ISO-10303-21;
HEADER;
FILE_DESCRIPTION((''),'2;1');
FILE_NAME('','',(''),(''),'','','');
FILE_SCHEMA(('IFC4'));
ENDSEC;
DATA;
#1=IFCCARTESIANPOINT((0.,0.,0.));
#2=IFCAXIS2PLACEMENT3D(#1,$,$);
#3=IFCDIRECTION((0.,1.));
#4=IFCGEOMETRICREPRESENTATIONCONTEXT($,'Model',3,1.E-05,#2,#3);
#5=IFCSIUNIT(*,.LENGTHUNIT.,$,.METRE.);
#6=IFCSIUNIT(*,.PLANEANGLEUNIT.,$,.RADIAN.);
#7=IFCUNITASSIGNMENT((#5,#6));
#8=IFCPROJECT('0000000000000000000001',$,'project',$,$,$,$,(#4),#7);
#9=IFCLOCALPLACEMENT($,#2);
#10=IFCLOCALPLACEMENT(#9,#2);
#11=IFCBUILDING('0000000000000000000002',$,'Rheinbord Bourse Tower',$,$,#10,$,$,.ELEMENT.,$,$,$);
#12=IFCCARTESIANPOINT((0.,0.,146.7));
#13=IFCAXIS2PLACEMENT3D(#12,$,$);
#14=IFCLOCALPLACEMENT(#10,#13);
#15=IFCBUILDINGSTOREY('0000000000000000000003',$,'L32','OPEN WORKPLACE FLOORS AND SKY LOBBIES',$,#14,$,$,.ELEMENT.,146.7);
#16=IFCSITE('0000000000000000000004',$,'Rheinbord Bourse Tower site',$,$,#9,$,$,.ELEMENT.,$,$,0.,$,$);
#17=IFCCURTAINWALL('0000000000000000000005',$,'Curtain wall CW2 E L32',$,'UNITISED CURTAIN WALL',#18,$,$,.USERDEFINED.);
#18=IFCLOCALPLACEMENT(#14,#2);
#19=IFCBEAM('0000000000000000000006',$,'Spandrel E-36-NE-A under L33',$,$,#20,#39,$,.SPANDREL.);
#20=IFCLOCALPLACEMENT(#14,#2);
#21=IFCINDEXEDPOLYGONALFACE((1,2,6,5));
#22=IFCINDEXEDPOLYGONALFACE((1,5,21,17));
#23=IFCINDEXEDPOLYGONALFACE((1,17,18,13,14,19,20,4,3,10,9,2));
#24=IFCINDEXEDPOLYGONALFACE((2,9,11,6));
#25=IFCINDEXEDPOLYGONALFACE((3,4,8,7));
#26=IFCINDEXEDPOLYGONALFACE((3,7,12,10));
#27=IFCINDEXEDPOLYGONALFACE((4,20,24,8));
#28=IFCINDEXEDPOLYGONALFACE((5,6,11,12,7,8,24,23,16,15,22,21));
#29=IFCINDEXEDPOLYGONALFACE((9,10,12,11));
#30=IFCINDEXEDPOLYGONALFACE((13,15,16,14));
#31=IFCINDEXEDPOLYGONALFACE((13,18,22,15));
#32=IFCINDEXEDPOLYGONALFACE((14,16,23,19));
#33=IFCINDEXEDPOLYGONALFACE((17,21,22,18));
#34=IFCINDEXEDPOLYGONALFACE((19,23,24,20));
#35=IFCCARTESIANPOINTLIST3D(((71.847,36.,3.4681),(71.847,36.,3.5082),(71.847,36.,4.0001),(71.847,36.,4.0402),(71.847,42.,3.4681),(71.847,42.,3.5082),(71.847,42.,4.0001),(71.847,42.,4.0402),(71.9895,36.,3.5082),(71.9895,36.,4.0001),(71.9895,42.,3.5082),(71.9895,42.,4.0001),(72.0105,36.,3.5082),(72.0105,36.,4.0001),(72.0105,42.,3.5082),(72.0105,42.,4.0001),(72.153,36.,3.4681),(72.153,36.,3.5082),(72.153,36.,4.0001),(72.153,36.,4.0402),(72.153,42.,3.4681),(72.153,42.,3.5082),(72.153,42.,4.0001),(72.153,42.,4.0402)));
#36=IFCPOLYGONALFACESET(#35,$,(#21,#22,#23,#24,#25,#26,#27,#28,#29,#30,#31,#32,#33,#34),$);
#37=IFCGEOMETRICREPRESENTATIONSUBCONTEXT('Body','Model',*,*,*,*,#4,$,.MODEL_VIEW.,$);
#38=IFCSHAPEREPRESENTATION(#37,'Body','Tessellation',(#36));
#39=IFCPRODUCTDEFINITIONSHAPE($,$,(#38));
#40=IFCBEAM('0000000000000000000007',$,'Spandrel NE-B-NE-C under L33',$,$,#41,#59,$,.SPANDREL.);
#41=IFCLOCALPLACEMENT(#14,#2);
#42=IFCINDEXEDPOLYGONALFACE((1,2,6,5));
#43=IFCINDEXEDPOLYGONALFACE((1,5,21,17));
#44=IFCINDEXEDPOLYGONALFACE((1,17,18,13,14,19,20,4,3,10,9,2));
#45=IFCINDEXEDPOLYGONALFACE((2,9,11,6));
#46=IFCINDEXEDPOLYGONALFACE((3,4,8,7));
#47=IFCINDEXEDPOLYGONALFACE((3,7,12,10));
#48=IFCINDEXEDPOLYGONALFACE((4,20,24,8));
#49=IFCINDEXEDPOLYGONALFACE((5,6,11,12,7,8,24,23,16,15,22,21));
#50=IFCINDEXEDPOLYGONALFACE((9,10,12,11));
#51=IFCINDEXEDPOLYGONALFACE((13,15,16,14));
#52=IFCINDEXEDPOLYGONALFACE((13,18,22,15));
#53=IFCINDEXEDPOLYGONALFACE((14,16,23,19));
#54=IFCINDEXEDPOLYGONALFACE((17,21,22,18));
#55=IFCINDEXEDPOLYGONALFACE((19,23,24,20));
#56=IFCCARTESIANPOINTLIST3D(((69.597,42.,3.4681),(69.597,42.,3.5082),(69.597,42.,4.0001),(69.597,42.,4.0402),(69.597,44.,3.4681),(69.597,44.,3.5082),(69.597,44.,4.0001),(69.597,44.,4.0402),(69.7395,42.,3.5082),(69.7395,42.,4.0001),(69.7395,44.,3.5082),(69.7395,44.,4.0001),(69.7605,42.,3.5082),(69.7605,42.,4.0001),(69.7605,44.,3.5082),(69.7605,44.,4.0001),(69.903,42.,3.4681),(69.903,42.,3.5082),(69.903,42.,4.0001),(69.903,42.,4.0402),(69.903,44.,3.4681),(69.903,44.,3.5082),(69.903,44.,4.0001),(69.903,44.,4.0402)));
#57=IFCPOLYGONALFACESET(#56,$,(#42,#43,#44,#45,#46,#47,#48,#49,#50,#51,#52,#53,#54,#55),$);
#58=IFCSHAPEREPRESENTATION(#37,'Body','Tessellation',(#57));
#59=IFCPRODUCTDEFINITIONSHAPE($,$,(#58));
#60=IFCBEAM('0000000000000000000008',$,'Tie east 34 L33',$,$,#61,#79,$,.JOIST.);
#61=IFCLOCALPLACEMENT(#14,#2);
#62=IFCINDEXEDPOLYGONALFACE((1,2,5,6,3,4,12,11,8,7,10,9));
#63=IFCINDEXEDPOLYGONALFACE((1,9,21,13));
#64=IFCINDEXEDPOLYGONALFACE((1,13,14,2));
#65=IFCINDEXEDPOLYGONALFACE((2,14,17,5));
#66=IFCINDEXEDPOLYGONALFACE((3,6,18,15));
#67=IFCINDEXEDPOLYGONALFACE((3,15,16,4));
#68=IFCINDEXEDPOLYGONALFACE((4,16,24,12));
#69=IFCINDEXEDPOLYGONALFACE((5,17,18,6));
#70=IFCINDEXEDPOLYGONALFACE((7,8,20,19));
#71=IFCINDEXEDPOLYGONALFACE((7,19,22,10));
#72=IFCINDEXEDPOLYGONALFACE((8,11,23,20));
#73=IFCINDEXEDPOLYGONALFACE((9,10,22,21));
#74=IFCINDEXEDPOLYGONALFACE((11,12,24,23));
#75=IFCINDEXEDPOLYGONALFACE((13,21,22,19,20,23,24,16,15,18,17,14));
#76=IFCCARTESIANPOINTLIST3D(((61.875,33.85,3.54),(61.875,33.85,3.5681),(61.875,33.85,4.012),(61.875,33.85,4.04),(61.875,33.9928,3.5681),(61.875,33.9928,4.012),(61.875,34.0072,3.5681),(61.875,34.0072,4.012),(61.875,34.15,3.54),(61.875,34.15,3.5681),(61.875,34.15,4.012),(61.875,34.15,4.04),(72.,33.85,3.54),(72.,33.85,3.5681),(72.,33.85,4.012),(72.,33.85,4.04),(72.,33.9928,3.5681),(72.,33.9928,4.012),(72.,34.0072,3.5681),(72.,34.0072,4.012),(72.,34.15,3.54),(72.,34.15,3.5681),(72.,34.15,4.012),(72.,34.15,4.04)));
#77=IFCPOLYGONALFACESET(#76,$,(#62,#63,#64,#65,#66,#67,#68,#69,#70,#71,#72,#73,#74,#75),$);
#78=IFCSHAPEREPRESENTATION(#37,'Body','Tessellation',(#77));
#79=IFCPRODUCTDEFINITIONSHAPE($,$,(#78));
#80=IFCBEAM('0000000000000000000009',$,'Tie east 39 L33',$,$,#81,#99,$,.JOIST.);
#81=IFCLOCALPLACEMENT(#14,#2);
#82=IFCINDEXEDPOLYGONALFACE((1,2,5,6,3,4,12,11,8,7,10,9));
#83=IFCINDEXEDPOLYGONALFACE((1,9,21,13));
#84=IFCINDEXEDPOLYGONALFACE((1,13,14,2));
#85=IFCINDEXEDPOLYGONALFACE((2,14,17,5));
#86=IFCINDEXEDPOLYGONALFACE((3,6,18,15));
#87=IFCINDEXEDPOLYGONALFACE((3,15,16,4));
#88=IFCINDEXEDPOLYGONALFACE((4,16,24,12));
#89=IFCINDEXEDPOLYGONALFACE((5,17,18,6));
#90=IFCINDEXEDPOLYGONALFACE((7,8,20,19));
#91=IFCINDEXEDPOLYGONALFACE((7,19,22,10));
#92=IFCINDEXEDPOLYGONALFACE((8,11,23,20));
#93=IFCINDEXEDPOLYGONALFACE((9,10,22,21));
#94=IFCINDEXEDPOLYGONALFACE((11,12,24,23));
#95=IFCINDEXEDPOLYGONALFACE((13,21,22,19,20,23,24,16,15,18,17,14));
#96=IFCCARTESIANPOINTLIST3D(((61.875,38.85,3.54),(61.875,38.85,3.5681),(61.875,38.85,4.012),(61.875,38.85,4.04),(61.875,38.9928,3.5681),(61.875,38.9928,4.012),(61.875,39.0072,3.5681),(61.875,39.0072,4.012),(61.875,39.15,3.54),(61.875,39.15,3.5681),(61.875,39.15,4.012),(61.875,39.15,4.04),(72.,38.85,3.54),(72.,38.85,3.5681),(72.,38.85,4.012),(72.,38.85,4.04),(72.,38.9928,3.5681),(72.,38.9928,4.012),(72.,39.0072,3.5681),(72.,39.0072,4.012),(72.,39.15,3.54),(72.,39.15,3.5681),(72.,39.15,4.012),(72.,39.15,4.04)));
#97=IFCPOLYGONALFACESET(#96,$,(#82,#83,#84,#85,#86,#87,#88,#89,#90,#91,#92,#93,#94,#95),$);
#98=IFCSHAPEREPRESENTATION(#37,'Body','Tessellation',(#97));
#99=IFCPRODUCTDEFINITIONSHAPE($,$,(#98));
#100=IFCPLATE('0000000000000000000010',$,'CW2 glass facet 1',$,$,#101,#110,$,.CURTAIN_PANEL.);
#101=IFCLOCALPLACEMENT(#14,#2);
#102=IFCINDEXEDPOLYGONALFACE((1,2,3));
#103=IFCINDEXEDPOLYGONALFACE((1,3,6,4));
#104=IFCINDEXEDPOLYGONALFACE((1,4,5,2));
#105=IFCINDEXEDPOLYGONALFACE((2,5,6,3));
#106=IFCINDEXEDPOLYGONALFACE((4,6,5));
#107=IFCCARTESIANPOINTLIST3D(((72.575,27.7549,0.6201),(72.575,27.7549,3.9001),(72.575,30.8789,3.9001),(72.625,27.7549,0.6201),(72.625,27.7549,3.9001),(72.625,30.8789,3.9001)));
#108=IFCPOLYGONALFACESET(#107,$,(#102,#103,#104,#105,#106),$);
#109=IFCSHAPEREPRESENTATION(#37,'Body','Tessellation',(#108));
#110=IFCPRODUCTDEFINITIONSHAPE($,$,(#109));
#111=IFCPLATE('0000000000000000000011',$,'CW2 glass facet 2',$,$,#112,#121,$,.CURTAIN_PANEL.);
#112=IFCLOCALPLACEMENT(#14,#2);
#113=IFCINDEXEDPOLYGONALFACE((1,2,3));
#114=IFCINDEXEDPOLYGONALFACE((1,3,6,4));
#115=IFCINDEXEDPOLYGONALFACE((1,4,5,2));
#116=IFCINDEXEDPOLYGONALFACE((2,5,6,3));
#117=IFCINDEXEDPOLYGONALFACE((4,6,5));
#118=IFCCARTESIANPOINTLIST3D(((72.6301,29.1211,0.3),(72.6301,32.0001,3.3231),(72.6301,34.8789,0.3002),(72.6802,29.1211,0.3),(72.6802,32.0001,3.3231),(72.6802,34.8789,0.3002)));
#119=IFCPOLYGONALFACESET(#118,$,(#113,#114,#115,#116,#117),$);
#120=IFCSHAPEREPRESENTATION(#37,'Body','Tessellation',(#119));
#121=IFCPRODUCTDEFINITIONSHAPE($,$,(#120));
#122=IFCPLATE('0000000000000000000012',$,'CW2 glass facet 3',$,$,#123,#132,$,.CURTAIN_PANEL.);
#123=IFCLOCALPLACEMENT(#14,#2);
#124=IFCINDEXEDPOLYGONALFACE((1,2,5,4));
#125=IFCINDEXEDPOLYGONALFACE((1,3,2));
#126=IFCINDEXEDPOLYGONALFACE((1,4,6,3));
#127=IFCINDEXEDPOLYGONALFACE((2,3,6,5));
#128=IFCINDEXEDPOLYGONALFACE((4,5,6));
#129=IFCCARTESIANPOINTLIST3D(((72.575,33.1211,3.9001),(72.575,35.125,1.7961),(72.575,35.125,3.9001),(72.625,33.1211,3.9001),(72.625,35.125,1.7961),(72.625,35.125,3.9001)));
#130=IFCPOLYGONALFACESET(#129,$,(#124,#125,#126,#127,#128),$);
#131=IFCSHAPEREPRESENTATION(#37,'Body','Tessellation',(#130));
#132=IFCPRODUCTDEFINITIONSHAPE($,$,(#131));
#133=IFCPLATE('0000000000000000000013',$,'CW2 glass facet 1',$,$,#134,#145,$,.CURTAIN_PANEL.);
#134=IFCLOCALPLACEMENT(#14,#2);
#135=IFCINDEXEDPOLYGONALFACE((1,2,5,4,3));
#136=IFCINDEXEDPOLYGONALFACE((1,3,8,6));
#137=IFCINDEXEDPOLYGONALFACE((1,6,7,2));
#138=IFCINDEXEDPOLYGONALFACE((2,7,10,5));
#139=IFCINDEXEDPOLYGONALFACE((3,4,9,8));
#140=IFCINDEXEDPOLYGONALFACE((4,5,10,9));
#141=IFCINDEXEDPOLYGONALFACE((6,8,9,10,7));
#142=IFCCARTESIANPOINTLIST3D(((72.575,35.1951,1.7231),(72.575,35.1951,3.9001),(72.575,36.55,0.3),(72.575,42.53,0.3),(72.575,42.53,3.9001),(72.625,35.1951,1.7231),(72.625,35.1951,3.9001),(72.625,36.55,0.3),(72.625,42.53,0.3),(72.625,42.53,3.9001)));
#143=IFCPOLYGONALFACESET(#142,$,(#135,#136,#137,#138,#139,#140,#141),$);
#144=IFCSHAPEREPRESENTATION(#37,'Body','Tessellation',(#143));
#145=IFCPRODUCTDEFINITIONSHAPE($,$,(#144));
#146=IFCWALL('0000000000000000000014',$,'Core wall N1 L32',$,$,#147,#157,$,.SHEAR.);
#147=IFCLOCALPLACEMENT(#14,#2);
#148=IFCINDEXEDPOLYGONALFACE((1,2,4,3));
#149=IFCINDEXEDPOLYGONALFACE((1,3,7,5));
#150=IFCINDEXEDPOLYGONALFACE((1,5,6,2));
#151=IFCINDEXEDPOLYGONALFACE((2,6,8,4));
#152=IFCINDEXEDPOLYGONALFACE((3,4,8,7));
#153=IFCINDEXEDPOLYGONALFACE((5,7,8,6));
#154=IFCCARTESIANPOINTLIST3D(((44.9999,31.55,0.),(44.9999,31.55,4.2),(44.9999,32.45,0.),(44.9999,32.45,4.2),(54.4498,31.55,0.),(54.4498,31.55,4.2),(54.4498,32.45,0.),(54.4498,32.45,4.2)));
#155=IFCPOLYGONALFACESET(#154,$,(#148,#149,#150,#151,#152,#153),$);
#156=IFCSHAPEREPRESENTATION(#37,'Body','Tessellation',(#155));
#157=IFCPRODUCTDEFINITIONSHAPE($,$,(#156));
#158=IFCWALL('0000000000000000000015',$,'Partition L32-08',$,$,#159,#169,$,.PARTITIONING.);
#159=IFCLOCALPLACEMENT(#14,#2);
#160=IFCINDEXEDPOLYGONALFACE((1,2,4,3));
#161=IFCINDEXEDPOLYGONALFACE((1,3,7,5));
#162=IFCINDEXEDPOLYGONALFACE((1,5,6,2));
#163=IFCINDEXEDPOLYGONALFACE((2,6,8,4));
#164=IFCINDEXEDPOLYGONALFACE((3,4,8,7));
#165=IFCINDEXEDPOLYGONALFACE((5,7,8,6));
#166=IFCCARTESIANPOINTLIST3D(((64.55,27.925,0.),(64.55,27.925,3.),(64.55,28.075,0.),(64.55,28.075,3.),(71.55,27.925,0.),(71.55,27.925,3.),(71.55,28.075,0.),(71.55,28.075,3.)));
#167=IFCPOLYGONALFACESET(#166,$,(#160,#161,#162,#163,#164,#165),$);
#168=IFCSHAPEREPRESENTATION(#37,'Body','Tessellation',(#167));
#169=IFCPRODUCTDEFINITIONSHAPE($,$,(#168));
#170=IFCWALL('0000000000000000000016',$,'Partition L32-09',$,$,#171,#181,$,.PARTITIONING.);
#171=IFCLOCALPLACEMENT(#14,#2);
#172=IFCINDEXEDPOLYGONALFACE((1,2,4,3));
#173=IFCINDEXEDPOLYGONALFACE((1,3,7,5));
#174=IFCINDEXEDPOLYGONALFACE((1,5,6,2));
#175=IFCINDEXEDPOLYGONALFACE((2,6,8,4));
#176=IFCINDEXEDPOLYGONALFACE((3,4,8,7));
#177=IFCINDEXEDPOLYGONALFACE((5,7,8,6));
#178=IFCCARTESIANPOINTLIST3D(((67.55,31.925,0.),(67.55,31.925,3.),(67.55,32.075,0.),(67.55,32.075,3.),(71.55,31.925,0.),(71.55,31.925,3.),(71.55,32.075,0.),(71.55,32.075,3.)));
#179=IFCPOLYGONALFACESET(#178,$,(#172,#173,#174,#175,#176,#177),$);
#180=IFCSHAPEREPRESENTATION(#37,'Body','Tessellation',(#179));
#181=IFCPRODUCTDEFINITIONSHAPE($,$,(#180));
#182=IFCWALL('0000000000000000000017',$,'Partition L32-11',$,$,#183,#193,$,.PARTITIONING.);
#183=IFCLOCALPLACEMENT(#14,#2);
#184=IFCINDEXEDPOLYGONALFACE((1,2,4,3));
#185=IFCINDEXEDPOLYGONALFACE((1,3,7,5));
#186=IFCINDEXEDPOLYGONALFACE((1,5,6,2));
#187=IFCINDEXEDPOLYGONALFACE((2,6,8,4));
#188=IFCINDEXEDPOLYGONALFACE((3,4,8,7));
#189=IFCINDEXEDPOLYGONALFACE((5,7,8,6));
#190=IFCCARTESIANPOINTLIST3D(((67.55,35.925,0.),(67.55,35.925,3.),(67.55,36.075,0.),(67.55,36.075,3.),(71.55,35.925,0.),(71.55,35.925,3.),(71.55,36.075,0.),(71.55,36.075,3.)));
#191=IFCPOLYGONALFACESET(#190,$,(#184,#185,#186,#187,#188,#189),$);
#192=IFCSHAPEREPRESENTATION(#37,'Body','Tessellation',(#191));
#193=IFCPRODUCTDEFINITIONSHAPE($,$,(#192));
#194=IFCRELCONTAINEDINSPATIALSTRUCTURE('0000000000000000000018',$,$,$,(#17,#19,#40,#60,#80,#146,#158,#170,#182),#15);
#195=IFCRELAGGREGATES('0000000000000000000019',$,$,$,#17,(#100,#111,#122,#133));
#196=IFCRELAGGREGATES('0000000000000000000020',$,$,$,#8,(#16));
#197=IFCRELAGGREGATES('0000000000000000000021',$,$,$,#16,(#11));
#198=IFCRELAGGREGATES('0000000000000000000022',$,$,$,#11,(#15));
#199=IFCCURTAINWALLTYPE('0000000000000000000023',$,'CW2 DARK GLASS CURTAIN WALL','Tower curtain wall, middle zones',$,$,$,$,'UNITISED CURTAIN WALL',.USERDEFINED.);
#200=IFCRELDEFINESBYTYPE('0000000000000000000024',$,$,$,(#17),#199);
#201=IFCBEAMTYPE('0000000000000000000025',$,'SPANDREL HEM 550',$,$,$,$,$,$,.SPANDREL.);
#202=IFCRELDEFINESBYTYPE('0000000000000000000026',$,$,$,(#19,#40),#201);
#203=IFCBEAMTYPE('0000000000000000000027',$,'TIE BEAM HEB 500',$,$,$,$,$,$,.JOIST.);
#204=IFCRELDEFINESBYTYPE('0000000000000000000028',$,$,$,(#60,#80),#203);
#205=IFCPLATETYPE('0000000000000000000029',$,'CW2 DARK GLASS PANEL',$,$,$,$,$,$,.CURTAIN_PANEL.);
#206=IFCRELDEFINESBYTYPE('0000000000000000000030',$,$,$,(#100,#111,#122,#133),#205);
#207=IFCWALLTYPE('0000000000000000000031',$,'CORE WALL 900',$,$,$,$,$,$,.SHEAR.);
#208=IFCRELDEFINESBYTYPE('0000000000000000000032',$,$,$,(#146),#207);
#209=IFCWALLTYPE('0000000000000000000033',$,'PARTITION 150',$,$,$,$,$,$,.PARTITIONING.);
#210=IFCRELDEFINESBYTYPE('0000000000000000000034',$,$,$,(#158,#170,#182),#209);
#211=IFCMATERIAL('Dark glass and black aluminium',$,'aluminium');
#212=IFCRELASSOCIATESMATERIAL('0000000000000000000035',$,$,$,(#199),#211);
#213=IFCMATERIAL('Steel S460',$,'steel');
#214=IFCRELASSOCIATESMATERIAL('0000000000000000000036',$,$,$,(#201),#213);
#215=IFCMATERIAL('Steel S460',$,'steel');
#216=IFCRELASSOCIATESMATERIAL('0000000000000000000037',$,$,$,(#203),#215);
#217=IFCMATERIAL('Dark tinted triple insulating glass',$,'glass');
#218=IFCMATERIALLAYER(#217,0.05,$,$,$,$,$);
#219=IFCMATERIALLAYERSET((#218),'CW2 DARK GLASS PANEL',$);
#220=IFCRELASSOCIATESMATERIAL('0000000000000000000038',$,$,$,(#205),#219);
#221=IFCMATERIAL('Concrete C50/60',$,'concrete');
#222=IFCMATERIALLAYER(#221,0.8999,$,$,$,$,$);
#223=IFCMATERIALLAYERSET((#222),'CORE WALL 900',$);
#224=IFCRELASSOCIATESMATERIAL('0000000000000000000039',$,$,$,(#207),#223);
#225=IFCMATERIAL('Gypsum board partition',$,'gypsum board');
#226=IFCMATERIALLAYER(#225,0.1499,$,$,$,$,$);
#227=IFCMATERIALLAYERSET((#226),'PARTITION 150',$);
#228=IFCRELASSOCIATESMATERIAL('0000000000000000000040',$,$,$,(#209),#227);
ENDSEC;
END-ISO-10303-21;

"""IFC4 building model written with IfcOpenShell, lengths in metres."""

from ifc_helpers import new_model, si_unit, direction, frame, frame_2d, origin, origin_2d, place, context, subcontext, project, spatial, polyline, rectangle, i_section, outline, extrude, material, layer, layer_set, material_profile, profile_set, type_object, element, aggregate, save


model = new_model("IFC4")

# Units and contexts
model_context = context("Model", 3, precision=1e-05, world=origin(), true_north=direction((0.0, 1.0)))
body_context = subcontext(model_context, "Body", "Model", "MODEL_VIEW")
ifc_project = project(units=[si_unit("LENGTHUNIT", "METRE"), si_unit("PLANEANGLEUNIT", "RADIAN")], contexts=[model_context])

# Site, building, storey
site_placement = place(None, origin())
site = spatial("IfcSite", under=ifc_project, at=site_placement, Name="Rheinbord Bourse Tower site", CompositionType="ELEMENT", RefElevation=0.0)
building_placement = place(site_placement, origin())
building = spatial("IfcBuilding", under=site, at=building_placement, Name="Rheinbord Bourse Tower", CompositionType="ELEMENT")
storey_placement = place(building_placement, frame((0.0, 0.0, 146.7)))
storey = spatial("IfcBuildingStorey", under=building, at=storey_placement, Name="L32", Description="OPEN WORKPLACE FLOORS AND SKY LOBBIES", CompositionType="ELEMENT", Elevation=146.7)

# Curtain wall
ifc_material_1 = material(Name="Dark glass and black aluminium", Category="aluminium")
curtain_wall_type = type_object("IfcCurtainWallType", Name="CW2 DARK GLASS CURTAIN WALL", Description="Tower curtain wall, middle zones", ElementType="UNITISED CURTAIN WALL", PredefinedType="USERDEFINED", material=ifc_material_1)
curtain_wall_placement = place(storey_placement, origin())
curtain_wall = element("IfcCurtainWall", 1, at=curtain_wall_placement, inside=storey, type_object=curtain_wall_type, Name="Curtain wall CW2 E L32", ObjectType="UNITISED CURTAIN WALL", PredefinedType="USERDEFINED")

# Beams
ifc_material_2 = material(Name="Steel S460", Category="steel")
ifc_material_profile_1 = material_profile(ifc_material_2, i_section(OverallWidth=0.3059, OverallDepth=0.572, WebThickness=0.021, FlangeThickness=0.04, at=origin_2d()), Name="HEM 550")
ifc_profile_set_1 = profile_set([ifc_material_profile_1], Name="Steel S460")
beam_type_1 = type_object("IfcBeamType", Name="SPANDREL HEM 550", PredefinedType="SPANDREL", material=ifc_profile_set_1)
beam_1_placement = place(storey_placement, frame((72.0, 36.0, 3.7542), z_axis=(0.0, 1.0, 0.0), x_axis=(-1.0, 0.0, 0.0)))
element("IfcBeam", 2, at=beam_1_placement, inside=storey, type_object=beam_type_1, Name="Spandrel E-36-NE-A under L33", PredefinedType="SPANDREL", context=body_context, shape_type="SweptSolid", body=[
    extrude(i_section(OverallWidth=0.3059, OverallDepth=0.572, WebThickness=0.021, FlangeThickness=0.04, at=origin_2d()), origin(), (0.0, 0.0, 1.0), 6.0),
])
beam_2_placement = place(storey_placement, frame((69.75, 42.0, 3.7542), z_axis=(0.0, 1.0, 0.0), x_axis=(-1.0, 0.0, 0.0)))
element("IfcBeam", 3, at=beam_2_placement, inside=storey, type_object=beam_type_1, Name="Spandrel NE-B-NE-C under L33", PredefinedType="SPANDREL", context=body_context, shape_type="SweptSolid", body=[
    extrude(i_section(OverallWidth=0.3059, OverallDepth=0.572, WebThickness=0.021, FlangeThickness=0.04, at=origin_2d()), origin(), (0.0, 0.0, 1.0), 2.0),
])
ifc_material_3 = material(Name="Steel S460", Category="steel")
ifc_material_profile_2 = material_profile(ifc_material_3, i_section(OverallWidth=0.3, OverallDepth=0.5, WebThickness=0.0144, FlangeThickness=0.0281, at=origin_2d()), Name="HEB 500")
ifc_profile_set_2 = profile_set([ifc_material_profile_2], Name="Steel S460")
beam_type_2 = type_object("IfcBeamType", Name="TIE BEAM HEB 500", PredefinedType="JOIST", material=ifc_profile_set_2)
for number, where, z_axis, x_axis, name in (
    (4, (61.875, 34.0, 3.79), (1.0, 0.0, 0.0), (0.0, 1.0, 0.0), "Tie east 34 L33"),
    (5, (61.875, 39.0, 3.79), (1.0, 0.0, 0.0), (0.0, 1.0, 0.0), "Tie east 39 L33"),
):
    element("IfcBeam", number, at=place(storey_placement, frame(where, z_axis=z_axis, x_axis=x_axis)), inside=storey, type_object=beam_type_2, Name=name, PredefinedType="JOIST", context=body_context, shape_type="SweptSolid", body=[
        extrude(i_section(OverallWidth=0.3, OverallDepth=0.5, WebThickness=0.0144, FlangeThickness=0.0281, at=origin_2d()), origin(), (0.0, 0.0, 1.0), 10.125),
    ])

# Plates
ifc_material_4 = material(Name="Dark tinted triple insulating glass", Category="glass")
ifc_layer_1 = layer(ifc_material_4, 0.05)
ifc_layer_set_1 = layer_set([ifc_layer_1], Name="CW2 DARK GLASS PANEL")
plate_type = type_object("IfcPlateType", Name="CW2 DARK GLASS PANEL", PredefinedType="CURTAIN_PANEL", material=ifc_layer_set_1)
plate_1_placement = place(storey_placement, frame((72.625, 27.7549, 3.9001), z_axis=(-1.0, 0.0, 0.0), x_axis=(0.0, 1.0, 0.0)))
plate_1 = element("IfcPlate", 6, at=plate_1_placement, type_object=plate_type, Name="CW2 glass facet 1", PredefinedType="CURTAIN_PANEL", context=body_context, shape_type="SweptSolid", body=[
    extrude(outline(polyline([(0.0, 0.0), (3.124, 0.0), (0.0, 3.28), (0.0, 0.0)])), origin(), (0.0, 0.0, 1.0), 0.05),
])
plate_2_placement = place(storey_placement, frame((72.6802, 29.1211, 0.3), z_axis=(-1.0, 0.0, 0.0), x_axis=(0.0, 0.689643, 0.724149)))
plate_2 = element("IfcPlate", 7, at=plate_2_placement, type_object=plate_type, Name="CW2 glass facet 2", PredefinedType="CURTAIN_PANEL", context=body_context, shape_type="SweptSolid", body=[
    extrude(outline(polyline([(0.0, 0.0), (4.1746, 0.0), (3.9709, 4.1694), (0.0, 0.0)])), origin(), (0.0, 0.0, 1.0), 0.05),
])
plate_3_placement = place(storey_placement, frame((72.625, 35.125, 3.9001), z_axis=(-1.0, 0.0, 0.0), x_axis=(0.0, 0.0, -1.0)))
plate_3 = element("IfcPlate", 8, at=plate_3_placement, type_object=plate_type, Name="CW2 glass facet 3", PredefinedType="CURTAIN_PANEL", context=body_context, shape_type="SweptSolid", body=[
    extrude(outline(polyline([(0.0, 0.0), (2.104, 0.0), (0.0, 2.0039), (0.0, 0.0)])), origin(), (0.0, 0.0, 1.0), 0.05),
])
plate_4_placement = place(storey_placement, frame((72.625, 35.1951, 3.9001), z_axis=(-1.0, 0.0, 0.0), x_axis=(0.0, 1.0, 0.0)))
plate_4 = element("IfcPlate", 9, at=plate_4_placement, type_object=plate_type, Name="CW2 glass facet 1", PredefinedType="CURTAIN_PANEL", context=body_context, shape_type="SweptSolid", body=[
    extrude(outline(polyline([(0.0, 0.0), (7.335, 0.0), (7.335, 3.6001), (1.355, 3.6001), (0.0, 2.177), (0.0, 0.0)])), origin(), (0.0, 0.0, 1.0), 0.05),
])
aggregate(curtain_wall, [plate_1, plate_2, plate_3, plate_4])

# Walls
ifc_material_5 = material(Name="Concrete C50/60", Category="concrete")
ifc_layer_2 = layer(ifc_material_5, 0.8999)
ifc_layer_set_2 = layer_set([ifc_layer_2], Name="CORE WALL 900")
wall_type_1 = type_object("IfcWallType", Name="CORE WALL 900", PredefinedType="SHEAR", material=ifc_layer_set_2)
wall_1_placement = place(storey_placement, frame((54.45, 32.0, 0.0), z_axis=(0.0, 0.0, 1.0), x_axis=(-1.0, 0.0, 0.0)))
element("IfcWall", 10, at=wall_1_placement, inside=storey, type_object=wall_type_1, Name="Core wall N1 L32", PredefinedType="SHEAR", context=body_context, shape_type="SweptSolid", body=[
    extrude(rectangle(XDim=9.45, YDim=0.8999, at=frame_2d((4.7251, 0.0))), origin(), (0.0, 0.0, 1.0), 4.2),
])
ifc_material_6 = material(Name="Gypsum board partition", Category="gypsum board")
ifc_layer_3 = layer(ifc_material_6, 0.1499)
ifc_layer_set_3 = layer_set([ifc_layer_3], Name="PARTITION 150")
wall_type_2 = type_object("IfcWallType", Name="PARTITION 150", PredefinedType="PARTITIONING", material=ifc_layer_set_3)
wall_2_placement = place(storey_placement, frame((64.55, 28.0, 0.0), z_axis=(0.0, 0.0, 1.0), x_axis=(1.0, 0.0, 0.0)))
element("IfcWall", 11, at=wall_2_placement, inside=storey, type_object=wall_type_2, Name="Partition L32-08", PredefinedType="PARTITIONING", context=body_context, shape_type="SweptSolid", body=[
    extrude(rectangle(XDim=7.0, YDim=0.1499, at=frame_2d((3.5, 0.0))), origin(), (0.0, 0.0, 1.0), 3.0),
])
for number, where, z_axis, x_axis, name in (
    (12, (67.55, 32.0, 0.0), (0.0, 0.0, 1.0), (1.0, 0.0, 0.0), "Partition L32-09"),
    (13, (67.55, 36.0, 0.0), (0.0, 0.0, 1.0), (1.0, 0.0, 0.0), "Partition L32-11"),
):
    element("IfcWall", number, at=place(storey_placement, frame(where, z_axis=z_axis, x_axis=x_axis)), inside=storey, type_object=wall_type_2, Name=name, PredefinedType="PARTITIONING", context=body_context, shape_type="SweptSolid", body=[
        extrude(rectangle(XDim=4.0, YDim=0.1499, at=frame_2d((2.0, 0.0))), origin(), (0.0, 0.0, 1.0), 3.0),
    ])

save(model, "model.ifc")
